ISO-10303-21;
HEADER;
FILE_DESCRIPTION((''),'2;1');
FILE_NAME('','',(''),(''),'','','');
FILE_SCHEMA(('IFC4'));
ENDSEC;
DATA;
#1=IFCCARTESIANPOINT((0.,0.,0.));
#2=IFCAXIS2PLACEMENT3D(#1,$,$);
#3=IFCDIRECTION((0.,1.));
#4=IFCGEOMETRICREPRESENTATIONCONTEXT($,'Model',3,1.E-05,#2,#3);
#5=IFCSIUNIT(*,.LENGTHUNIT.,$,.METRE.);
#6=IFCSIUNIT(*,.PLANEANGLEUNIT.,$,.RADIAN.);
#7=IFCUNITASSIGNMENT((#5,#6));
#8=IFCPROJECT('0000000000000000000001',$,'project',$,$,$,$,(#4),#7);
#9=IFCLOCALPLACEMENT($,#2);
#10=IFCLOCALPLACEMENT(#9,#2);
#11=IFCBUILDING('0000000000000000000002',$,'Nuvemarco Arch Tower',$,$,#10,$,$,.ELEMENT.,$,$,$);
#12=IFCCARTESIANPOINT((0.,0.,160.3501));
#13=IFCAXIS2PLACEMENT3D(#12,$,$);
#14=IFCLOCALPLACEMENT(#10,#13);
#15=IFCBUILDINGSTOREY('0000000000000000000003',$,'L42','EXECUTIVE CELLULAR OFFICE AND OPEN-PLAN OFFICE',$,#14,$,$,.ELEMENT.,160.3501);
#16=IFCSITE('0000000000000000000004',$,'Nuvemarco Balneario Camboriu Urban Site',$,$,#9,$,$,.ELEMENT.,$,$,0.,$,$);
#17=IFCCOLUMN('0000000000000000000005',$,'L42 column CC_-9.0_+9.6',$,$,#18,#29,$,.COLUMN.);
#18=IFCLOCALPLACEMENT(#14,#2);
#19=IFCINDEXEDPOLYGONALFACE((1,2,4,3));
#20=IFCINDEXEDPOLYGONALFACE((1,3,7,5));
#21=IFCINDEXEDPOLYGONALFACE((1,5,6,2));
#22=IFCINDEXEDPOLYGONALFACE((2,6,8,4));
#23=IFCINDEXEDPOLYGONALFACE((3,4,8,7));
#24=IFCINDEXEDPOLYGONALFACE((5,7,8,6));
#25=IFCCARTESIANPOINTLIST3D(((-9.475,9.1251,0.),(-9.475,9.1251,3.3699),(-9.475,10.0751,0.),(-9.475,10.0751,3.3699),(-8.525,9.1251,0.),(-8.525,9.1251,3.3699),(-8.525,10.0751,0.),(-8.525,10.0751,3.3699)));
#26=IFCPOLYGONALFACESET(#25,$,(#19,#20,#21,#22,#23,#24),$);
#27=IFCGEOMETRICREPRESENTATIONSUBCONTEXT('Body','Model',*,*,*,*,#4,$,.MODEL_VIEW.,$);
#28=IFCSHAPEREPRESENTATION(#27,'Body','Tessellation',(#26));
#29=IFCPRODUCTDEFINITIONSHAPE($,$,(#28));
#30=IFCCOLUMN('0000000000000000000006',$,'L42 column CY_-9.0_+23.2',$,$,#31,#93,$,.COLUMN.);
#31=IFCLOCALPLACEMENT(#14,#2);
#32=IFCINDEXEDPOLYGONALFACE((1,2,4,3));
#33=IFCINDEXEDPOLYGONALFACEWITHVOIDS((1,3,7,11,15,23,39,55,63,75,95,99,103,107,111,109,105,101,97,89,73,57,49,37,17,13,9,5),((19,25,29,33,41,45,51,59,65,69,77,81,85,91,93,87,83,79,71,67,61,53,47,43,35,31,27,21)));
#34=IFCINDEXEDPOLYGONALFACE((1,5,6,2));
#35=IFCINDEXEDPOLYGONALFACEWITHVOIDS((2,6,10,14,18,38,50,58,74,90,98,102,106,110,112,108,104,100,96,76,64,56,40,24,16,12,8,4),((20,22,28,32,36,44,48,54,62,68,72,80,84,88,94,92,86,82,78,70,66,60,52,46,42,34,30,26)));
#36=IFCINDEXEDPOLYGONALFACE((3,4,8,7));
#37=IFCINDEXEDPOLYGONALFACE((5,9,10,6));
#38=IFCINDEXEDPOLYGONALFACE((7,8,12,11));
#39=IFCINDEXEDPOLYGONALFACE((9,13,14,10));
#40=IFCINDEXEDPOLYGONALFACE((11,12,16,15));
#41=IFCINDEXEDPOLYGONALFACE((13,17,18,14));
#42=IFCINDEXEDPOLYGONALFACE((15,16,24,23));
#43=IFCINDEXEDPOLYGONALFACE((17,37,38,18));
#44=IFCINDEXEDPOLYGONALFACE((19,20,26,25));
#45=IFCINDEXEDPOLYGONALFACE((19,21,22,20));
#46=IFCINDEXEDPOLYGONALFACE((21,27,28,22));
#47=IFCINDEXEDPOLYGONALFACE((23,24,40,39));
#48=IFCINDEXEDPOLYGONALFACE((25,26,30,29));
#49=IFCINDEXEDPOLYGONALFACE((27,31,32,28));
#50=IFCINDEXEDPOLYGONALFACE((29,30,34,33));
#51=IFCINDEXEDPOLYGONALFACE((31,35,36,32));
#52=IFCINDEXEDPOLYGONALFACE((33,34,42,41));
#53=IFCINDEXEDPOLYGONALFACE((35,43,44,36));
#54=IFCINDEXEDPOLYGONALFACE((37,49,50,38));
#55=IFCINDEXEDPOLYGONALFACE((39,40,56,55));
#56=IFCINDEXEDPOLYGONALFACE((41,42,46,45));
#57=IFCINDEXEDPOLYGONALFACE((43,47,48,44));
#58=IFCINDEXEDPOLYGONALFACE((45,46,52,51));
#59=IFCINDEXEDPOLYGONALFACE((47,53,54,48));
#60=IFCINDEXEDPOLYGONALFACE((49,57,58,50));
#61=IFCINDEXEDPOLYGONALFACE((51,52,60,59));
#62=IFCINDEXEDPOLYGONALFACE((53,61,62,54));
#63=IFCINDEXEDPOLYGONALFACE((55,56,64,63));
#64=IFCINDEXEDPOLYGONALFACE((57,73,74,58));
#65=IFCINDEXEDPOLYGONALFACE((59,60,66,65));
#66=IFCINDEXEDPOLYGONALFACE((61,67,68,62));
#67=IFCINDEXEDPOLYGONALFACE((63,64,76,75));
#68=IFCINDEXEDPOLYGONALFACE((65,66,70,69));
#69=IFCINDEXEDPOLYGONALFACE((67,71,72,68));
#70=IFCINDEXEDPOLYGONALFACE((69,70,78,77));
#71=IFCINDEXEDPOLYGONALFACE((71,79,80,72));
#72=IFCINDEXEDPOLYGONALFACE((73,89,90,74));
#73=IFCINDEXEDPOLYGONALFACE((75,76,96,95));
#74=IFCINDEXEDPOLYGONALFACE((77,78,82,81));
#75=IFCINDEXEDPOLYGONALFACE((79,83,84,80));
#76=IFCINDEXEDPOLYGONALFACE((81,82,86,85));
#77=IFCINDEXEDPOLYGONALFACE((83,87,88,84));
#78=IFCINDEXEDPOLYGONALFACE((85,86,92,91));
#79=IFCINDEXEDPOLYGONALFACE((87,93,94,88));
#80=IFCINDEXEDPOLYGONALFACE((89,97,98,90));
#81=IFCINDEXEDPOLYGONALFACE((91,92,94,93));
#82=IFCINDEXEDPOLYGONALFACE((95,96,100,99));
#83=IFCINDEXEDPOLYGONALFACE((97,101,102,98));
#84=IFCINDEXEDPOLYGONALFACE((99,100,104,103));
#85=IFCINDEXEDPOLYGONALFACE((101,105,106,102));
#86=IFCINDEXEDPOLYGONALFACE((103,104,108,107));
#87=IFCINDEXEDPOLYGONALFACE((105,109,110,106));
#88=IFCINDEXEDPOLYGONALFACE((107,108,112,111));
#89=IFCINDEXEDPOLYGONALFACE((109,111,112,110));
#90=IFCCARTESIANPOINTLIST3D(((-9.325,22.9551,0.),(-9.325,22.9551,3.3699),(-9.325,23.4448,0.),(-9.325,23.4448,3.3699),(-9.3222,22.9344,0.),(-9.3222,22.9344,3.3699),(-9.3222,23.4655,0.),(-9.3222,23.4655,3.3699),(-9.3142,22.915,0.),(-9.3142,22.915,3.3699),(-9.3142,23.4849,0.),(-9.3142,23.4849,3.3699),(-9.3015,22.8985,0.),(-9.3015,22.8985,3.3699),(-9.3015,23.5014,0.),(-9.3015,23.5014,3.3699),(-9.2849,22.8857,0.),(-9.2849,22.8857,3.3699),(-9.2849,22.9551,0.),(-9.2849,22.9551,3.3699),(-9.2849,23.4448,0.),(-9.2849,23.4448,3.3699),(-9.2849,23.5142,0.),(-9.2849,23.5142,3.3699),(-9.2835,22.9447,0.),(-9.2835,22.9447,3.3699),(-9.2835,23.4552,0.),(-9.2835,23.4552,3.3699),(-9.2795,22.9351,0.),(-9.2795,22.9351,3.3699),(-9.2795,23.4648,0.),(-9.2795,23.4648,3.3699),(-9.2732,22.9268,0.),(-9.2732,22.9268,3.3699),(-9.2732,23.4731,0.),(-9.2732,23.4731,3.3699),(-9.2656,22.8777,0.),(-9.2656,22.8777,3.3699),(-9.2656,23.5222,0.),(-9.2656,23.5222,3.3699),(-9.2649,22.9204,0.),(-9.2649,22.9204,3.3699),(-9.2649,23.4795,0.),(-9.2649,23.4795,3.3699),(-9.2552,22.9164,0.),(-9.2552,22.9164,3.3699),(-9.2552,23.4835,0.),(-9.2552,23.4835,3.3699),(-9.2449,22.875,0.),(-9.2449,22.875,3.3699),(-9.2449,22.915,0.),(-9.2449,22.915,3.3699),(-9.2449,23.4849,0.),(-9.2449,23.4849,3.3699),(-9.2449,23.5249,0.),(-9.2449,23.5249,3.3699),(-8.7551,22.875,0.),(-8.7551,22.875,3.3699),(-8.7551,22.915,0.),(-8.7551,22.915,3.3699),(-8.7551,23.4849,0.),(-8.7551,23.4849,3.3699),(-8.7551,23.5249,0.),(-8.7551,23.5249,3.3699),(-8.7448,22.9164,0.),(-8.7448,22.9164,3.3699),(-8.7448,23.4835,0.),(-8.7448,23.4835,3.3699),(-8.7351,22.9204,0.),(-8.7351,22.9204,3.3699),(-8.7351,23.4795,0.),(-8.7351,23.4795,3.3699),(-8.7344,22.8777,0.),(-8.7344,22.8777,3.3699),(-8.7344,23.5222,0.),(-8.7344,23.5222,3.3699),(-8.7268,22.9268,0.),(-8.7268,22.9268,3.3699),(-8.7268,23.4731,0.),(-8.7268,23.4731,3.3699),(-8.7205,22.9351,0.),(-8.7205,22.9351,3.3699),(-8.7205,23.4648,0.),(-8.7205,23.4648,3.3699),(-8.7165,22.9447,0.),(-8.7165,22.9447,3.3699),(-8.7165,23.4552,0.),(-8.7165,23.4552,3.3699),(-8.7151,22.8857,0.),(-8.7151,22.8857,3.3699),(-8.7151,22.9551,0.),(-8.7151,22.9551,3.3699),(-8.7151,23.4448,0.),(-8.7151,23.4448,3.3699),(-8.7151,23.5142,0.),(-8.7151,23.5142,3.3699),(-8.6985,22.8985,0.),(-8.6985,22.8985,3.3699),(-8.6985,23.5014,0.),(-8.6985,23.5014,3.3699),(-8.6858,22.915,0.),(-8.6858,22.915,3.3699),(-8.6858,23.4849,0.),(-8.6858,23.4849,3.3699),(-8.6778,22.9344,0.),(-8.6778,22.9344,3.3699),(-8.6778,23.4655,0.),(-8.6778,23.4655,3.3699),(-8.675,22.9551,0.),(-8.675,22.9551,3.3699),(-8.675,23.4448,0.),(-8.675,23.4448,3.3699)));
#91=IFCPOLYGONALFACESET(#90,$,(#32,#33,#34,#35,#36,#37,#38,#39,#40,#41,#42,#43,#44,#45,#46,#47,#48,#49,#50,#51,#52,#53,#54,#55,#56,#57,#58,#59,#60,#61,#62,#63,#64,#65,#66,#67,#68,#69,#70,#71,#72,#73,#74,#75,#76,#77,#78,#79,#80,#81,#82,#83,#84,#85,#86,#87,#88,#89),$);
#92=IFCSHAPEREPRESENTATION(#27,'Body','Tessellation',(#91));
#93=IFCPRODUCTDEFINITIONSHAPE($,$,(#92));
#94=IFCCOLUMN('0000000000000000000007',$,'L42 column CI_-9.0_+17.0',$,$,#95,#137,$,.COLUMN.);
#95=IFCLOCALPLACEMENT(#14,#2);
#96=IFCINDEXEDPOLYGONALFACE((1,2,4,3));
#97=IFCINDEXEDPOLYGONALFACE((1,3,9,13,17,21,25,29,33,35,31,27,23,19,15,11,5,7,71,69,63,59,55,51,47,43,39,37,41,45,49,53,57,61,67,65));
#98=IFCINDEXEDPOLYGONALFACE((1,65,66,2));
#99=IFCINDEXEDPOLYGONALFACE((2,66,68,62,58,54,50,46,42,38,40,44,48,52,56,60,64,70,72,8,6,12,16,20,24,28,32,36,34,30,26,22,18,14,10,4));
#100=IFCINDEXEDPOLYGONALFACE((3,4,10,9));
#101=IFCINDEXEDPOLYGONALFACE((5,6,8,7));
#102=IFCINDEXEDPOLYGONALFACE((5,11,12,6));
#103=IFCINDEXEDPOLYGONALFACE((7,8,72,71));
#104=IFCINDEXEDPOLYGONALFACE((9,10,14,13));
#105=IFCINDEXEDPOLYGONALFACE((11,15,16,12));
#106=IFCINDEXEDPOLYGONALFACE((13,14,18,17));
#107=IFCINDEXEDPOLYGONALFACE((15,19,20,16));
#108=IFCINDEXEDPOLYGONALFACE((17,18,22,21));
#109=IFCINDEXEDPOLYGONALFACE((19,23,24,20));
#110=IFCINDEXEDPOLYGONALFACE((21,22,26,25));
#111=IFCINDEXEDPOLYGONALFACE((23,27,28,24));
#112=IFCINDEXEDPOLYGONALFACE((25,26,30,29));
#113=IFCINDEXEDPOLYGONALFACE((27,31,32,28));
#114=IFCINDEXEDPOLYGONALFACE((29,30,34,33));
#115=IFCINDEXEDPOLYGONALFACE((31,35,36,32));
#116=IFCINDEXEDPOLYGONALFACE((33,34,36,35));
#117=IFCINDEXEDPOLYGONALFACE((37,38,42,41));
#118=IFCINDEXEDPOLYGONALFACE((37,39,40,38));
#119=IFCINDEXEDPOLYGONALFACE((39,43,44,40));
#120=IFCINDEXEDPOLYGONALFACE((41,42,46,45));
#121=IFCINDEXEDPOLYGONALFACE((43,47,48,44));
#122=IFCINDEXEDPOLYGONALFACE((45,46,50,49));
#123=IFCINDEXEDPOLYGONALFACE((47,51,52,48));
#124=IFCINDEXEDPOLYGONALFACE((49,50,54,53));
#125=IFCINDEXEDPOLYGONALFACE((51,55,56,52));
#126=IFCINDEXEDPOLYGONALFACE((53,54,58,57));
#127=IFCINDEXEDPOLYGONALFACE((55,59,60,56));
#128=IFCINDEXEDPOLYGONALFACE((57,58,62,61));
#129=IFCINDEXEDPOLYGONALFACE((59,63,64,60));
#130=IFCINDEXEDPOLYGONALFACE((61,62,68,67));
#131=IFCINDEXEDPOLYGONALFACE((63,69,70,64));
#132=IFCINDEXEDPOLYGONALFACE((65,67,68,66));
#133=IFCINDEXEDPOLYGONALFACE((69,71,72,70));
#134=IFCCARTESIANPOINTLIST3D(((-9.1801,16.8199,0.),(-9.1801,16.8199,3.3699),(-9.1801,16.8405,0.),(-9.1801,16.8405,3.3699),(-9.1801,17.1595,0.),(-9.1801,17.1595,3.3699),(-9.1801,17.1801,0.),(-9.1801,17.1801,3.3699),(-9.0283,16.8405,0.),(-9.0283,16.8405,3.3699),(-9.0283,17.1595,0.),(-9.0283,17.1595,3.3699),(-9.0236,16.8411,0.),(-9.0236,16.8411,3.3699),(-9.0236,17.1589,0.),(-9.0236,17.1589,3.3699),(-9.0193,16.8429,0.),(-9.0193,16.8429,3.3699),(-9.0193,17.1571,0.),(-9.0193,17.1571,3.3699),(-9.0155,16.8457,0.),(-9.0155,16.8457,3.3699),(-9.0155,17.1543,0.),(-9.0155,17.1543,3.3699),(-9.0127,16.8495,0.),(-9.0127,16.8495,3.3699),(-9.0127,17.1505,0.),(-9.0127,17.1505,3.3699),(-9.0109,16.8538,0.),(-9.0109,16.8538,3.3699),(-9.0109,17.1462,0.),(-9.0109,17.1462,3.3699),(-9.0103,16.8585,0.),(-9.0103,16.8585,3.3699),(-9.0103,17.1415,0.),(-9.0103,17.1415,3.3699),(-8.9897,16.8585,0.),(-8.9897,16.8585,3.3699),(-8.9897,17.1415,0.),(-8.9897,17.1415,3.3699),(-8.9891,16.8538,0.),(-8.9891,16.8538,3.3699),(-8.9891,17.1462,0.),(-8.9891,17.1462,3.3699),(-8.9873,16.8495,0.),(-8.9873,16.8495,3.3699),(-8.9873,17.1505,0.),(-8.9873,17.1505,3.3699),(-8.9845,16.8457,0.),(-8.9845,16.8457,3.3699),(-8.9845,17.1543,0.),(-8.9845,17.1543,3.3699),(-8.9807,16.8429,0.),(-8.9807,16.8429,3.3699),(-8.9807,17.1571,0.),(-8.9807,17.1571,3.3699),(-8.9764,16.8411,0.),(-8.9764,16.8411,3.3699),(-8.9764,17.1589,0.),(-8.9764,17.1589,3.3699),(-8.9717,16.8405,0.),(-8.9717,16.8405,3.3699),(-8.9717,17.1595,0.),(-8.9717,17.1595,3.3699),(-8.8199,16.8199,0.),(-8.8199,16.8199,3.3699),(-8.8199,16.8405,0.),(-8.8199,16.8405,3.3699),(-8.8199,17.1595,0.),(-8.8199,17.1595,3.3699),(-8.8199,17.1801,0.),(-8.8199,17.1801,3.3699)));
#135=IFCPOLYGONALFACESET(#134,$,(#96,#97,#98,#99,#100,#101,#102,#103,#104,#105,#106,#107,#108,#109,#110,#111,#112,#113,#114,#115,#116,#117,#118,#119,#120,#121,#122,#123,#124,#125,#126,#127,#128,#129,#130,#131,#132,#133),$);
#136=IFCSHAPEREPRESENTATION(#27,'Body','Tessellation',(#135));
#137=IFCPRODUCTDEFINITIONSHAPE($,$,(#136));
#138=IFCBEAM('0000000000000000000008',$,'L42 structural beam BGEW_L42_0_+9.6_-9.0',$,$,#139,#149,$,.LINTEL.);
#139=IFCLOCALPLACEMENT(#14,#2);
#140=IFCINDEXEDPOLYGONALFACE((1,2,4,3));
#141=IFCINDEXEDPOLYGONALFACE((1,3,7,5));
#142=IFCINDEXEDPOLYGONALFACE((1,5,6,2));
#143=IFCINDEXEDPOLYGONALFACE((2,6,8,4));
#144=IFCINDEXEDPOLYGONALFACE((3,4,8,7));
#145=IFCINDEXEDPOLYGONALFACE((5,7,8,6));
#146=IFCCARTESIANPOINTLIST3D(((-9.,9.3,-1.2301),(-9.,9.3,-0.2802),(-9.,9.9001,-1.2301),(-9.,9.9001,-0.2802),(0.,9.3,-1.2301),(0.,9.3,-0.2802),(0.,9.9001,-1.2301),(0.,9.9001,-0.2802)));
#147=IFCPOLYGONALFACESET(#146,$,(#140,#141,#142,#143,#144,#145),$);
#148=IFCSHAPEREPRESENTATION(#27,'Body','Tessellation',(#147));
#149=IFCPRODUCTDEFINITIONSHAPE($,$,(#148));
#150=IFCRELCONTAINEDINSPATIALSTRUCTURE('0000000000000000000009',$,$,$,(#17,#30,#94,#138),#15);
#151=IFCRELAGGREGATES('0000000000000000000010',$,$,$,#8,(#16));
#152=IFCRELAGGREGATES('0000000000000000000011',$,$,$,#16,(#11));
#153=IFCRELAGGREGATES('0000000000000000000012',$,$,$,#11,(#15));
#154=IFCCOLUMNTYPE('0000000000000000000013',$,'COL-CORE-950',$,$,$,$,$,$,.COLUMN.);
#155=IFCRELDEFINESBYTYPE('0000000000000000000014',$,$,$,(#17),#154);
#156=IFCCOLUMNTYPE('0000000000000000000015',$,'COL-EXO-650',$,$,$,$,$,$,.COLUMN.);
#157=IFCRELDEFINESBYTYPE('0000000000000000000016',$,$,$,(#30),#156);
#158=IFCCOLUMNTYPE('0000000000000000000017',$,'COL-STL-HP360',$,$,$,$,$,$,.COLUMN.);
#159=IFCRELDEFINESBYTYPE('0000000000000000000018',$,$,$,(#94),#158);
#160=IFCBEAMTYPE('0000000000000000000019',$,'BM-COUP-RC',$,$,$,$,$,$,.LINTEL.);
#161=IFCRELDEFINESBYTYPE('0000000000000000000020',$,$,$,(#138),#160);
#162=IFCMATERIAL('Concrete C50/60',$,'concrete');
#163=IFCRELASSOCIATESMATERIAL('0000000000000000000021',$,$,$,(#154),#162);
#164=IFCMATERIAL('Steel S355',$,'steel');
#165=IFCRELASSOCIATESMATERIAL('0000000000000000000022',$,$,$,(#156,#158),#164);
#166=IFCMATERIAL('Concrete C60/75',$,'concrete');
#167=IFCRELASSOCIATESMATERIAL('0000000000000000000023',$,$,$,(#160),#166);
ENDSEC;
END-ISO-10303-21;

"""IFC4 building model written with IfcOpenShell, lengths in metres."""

from ifc_helpers import new_model, si_unit, direction, frame, origin, origin_2d, place, context, subcontext, project, spatial, rectangle, hollow_rectangle, i_section, extrude, material, material_profile, profile_set, type_object, element, save


model = new_model("IFC4")

# Units and contexts
model_context = context("Model", 3, precision=1e-05, world=origin(), true_north=direction((0.0, 1.0)))
body_context = subcontext(model_context, "Body", "Model", "MODEL_VIEW")
ifc_project = project(units=[si_unit("LENGTHUNIT", "METRE"), si_unit("PLANEANGLEUNIT", "RADIAN")], contexts=[model_context])

# Site, building, storey
site_placement = place(None, origin())
site = spatial("IfcSite", under=ifc_project, at=site_placement, Name="Nuvemarco Balneario Camboriu Urban Site", CompositionType="ELEMENT", RefElevation=0.0)
building_placement = place(site_placement, origin())
building = spatial("IfcBuilding", under=site, at=building_placement, Name="Nuvemarco Arch Tower", CompositionType="ELEMENT")
storey_placement = place(building_placement, frame((0.0, 0.0, 160.3501)))
storey = spatial("IfcBuildingStorey", under=building, at=storey_placement, Name="L42", Description="EXECUTIVE CELLULAR OFFICE AND OPEN-PLAN OFFICE", CompositionType="ELEMENT", Elevation=160.3501)

# Columns
ifc_material_1 = material(Name="Concrete C50/60", Category="concrete")
ifc_material_profile_1 = material_profile(ifc_material_1, rectangle(XDim=0.95, YDim=0.95, at=origin_2d()), Name="RC-COL-950x950")
ifc_profile_set_1 = profile_set([ifc_material_profile_1], Name="Concrete C50/60")
column_type_1 = type_object("IfcColumnType", Name="COL-CORE-950", PredefinedType="COLUMN", material=ifc_profile_set_1)
column_1_placement = place(storey_placement, frame((-9.0, 9.6001, 0.0), z_axis=(0.0, 0.0, 1.0), x_axis=(1.0, 0.0, 0.0)))
element("IfcColumn", 1, at=column_1_placement, inside=storey, type_object=column_type_1, Name="L42 column CC_-9.0_+9.6", PredefinedType="COLUMN", context=body_context, shape_type="SweptSolid", body=[
    extrude(rectangle(XDim=0.95, YDim=0.95, at=origin_2d()), origin(), (0.0, 0.0, 1.0), 3.3699),
])
ifc_material_2 = material(Name="Steel S355", Category="steel")
ifc_material_profile_2 = material_profile(ifc_material_2, hollow_rectangle(XDim=0.6499, YDim=0.6499, WallThickness=0.04, InnerFilletRadius=0.04, OuterFilletRadius=0.0801, at=origin_2d()), Name="SHS650x650x40")
ifc_profile_set_2 = profile_set([ifc_material_profile_2], Name="Steel S355")
column_type_2 = type_object("IfcColumnType", Name="COL-EXO-650", PredefinedType="COLUMN", material=ifc_profile_set_2)
column_2_placement = place(storey_placement, frame((-9.0, 23.2, 0.0), z_axis=(0.0, 0.0, 1.0), x_axis=(1.0, 0.0, 0.0)))
element("IfcColumn", 2, at=column_2_placement, inside=storey, type_object=column_type_2, Name="L42 column CY_-9.0_+23.2", PredefinedType="COLUMN", context=body_context, shape_type="SweptSolid", body=[
    extrude(hollow_rectangle(XDim=0.6499, YDim=0.6499, WallThickness=0.04, InnerFilletRadius=0.04, OuterFilletRadius=0.0801, at=origin_2d()), origin(), (0.0, 0.0, 1.0), 3.3699),
])
ifc_material_profile_3 = material_profile(ifc_material_2, i_section(OverallWidth=0.3601, OverallDepth=0.3601, WebThickness=0.0205, FlangeThickness=0.0205, FilletRadius=0.0181, at=origin_2d()), Name="HP360x174")
ifc_profile_set_3 = profile_set([ifc_material_profile_3], Name="Steel S355")
column_type_3 = type_object("IfcColumnType", Name="COL-STL-HP360", PredefinedType="COLUMN", material=ifc_profile_set_3)
column_3_placement = place(storey_placement, frame((-9.0, 17.0, 0.0), z_axis=(0.0, 0.0, 1.0), x_axis=(1.0, 0.0, 0.0)))
element("IfcColumn", 3, at=column_3_placement, inside=storey, type_object=column_type_3, Name="L42 column CI_-9.0_+17.0", PredefinedType="COLUMN", context=body_context, shape_type="SweptSolid", body=[
    extrude(i_section(OverallWidth=0.3601, OverallDepth=0.3601, WebThickness=0.0205, FlangeThickness=0.0205, FilletRadius=0.0181, at=origin_2d()), origin(), (0.0, 0.0, 1.0), 3.3699),
])

# Beam
ifc_material_3 = material(Name="Concrete C60/75", Category="concrete")
ifc_material_profile_4 = material_profile(ifc_material_3, rectangle(XDim=0.6001, YDim=0.95, at=origin_2d()), Name="RC-BM-600x950")
ifc_profile_set_4 = profile_set([ifc_material_profile_4], Name="Concrete C60/75")
beam_type_1 = type_object("IfcBeamType", Name="BM-COUP-RC", PredefinedType="LINTEL", material=ifc_profile_set_4)
beam_1_placement = place(storey_placement, frame((-9.0, 9.6001, -0.7551), z_axis=(1.0, 0.0, 0.0), x_axis=(0.0, 1.0, 0.0)))
element("IfcBeam", 4, at=beam_1_placement, inside=storey, type_object=beam_type_1, Name="L42 structural beam BGEW_L42_0_+9.6_-9.0", PredefinedType="LINTEL", context=body_context, shape_type="SweptSolid", body=[
    extrude(rectangle(XDim=0.6001, YDim=0.95, at=origin_2d()), origin(), (0.0, 0.0, 1.0), 9.0),
])

save(model, "model.ifc")
